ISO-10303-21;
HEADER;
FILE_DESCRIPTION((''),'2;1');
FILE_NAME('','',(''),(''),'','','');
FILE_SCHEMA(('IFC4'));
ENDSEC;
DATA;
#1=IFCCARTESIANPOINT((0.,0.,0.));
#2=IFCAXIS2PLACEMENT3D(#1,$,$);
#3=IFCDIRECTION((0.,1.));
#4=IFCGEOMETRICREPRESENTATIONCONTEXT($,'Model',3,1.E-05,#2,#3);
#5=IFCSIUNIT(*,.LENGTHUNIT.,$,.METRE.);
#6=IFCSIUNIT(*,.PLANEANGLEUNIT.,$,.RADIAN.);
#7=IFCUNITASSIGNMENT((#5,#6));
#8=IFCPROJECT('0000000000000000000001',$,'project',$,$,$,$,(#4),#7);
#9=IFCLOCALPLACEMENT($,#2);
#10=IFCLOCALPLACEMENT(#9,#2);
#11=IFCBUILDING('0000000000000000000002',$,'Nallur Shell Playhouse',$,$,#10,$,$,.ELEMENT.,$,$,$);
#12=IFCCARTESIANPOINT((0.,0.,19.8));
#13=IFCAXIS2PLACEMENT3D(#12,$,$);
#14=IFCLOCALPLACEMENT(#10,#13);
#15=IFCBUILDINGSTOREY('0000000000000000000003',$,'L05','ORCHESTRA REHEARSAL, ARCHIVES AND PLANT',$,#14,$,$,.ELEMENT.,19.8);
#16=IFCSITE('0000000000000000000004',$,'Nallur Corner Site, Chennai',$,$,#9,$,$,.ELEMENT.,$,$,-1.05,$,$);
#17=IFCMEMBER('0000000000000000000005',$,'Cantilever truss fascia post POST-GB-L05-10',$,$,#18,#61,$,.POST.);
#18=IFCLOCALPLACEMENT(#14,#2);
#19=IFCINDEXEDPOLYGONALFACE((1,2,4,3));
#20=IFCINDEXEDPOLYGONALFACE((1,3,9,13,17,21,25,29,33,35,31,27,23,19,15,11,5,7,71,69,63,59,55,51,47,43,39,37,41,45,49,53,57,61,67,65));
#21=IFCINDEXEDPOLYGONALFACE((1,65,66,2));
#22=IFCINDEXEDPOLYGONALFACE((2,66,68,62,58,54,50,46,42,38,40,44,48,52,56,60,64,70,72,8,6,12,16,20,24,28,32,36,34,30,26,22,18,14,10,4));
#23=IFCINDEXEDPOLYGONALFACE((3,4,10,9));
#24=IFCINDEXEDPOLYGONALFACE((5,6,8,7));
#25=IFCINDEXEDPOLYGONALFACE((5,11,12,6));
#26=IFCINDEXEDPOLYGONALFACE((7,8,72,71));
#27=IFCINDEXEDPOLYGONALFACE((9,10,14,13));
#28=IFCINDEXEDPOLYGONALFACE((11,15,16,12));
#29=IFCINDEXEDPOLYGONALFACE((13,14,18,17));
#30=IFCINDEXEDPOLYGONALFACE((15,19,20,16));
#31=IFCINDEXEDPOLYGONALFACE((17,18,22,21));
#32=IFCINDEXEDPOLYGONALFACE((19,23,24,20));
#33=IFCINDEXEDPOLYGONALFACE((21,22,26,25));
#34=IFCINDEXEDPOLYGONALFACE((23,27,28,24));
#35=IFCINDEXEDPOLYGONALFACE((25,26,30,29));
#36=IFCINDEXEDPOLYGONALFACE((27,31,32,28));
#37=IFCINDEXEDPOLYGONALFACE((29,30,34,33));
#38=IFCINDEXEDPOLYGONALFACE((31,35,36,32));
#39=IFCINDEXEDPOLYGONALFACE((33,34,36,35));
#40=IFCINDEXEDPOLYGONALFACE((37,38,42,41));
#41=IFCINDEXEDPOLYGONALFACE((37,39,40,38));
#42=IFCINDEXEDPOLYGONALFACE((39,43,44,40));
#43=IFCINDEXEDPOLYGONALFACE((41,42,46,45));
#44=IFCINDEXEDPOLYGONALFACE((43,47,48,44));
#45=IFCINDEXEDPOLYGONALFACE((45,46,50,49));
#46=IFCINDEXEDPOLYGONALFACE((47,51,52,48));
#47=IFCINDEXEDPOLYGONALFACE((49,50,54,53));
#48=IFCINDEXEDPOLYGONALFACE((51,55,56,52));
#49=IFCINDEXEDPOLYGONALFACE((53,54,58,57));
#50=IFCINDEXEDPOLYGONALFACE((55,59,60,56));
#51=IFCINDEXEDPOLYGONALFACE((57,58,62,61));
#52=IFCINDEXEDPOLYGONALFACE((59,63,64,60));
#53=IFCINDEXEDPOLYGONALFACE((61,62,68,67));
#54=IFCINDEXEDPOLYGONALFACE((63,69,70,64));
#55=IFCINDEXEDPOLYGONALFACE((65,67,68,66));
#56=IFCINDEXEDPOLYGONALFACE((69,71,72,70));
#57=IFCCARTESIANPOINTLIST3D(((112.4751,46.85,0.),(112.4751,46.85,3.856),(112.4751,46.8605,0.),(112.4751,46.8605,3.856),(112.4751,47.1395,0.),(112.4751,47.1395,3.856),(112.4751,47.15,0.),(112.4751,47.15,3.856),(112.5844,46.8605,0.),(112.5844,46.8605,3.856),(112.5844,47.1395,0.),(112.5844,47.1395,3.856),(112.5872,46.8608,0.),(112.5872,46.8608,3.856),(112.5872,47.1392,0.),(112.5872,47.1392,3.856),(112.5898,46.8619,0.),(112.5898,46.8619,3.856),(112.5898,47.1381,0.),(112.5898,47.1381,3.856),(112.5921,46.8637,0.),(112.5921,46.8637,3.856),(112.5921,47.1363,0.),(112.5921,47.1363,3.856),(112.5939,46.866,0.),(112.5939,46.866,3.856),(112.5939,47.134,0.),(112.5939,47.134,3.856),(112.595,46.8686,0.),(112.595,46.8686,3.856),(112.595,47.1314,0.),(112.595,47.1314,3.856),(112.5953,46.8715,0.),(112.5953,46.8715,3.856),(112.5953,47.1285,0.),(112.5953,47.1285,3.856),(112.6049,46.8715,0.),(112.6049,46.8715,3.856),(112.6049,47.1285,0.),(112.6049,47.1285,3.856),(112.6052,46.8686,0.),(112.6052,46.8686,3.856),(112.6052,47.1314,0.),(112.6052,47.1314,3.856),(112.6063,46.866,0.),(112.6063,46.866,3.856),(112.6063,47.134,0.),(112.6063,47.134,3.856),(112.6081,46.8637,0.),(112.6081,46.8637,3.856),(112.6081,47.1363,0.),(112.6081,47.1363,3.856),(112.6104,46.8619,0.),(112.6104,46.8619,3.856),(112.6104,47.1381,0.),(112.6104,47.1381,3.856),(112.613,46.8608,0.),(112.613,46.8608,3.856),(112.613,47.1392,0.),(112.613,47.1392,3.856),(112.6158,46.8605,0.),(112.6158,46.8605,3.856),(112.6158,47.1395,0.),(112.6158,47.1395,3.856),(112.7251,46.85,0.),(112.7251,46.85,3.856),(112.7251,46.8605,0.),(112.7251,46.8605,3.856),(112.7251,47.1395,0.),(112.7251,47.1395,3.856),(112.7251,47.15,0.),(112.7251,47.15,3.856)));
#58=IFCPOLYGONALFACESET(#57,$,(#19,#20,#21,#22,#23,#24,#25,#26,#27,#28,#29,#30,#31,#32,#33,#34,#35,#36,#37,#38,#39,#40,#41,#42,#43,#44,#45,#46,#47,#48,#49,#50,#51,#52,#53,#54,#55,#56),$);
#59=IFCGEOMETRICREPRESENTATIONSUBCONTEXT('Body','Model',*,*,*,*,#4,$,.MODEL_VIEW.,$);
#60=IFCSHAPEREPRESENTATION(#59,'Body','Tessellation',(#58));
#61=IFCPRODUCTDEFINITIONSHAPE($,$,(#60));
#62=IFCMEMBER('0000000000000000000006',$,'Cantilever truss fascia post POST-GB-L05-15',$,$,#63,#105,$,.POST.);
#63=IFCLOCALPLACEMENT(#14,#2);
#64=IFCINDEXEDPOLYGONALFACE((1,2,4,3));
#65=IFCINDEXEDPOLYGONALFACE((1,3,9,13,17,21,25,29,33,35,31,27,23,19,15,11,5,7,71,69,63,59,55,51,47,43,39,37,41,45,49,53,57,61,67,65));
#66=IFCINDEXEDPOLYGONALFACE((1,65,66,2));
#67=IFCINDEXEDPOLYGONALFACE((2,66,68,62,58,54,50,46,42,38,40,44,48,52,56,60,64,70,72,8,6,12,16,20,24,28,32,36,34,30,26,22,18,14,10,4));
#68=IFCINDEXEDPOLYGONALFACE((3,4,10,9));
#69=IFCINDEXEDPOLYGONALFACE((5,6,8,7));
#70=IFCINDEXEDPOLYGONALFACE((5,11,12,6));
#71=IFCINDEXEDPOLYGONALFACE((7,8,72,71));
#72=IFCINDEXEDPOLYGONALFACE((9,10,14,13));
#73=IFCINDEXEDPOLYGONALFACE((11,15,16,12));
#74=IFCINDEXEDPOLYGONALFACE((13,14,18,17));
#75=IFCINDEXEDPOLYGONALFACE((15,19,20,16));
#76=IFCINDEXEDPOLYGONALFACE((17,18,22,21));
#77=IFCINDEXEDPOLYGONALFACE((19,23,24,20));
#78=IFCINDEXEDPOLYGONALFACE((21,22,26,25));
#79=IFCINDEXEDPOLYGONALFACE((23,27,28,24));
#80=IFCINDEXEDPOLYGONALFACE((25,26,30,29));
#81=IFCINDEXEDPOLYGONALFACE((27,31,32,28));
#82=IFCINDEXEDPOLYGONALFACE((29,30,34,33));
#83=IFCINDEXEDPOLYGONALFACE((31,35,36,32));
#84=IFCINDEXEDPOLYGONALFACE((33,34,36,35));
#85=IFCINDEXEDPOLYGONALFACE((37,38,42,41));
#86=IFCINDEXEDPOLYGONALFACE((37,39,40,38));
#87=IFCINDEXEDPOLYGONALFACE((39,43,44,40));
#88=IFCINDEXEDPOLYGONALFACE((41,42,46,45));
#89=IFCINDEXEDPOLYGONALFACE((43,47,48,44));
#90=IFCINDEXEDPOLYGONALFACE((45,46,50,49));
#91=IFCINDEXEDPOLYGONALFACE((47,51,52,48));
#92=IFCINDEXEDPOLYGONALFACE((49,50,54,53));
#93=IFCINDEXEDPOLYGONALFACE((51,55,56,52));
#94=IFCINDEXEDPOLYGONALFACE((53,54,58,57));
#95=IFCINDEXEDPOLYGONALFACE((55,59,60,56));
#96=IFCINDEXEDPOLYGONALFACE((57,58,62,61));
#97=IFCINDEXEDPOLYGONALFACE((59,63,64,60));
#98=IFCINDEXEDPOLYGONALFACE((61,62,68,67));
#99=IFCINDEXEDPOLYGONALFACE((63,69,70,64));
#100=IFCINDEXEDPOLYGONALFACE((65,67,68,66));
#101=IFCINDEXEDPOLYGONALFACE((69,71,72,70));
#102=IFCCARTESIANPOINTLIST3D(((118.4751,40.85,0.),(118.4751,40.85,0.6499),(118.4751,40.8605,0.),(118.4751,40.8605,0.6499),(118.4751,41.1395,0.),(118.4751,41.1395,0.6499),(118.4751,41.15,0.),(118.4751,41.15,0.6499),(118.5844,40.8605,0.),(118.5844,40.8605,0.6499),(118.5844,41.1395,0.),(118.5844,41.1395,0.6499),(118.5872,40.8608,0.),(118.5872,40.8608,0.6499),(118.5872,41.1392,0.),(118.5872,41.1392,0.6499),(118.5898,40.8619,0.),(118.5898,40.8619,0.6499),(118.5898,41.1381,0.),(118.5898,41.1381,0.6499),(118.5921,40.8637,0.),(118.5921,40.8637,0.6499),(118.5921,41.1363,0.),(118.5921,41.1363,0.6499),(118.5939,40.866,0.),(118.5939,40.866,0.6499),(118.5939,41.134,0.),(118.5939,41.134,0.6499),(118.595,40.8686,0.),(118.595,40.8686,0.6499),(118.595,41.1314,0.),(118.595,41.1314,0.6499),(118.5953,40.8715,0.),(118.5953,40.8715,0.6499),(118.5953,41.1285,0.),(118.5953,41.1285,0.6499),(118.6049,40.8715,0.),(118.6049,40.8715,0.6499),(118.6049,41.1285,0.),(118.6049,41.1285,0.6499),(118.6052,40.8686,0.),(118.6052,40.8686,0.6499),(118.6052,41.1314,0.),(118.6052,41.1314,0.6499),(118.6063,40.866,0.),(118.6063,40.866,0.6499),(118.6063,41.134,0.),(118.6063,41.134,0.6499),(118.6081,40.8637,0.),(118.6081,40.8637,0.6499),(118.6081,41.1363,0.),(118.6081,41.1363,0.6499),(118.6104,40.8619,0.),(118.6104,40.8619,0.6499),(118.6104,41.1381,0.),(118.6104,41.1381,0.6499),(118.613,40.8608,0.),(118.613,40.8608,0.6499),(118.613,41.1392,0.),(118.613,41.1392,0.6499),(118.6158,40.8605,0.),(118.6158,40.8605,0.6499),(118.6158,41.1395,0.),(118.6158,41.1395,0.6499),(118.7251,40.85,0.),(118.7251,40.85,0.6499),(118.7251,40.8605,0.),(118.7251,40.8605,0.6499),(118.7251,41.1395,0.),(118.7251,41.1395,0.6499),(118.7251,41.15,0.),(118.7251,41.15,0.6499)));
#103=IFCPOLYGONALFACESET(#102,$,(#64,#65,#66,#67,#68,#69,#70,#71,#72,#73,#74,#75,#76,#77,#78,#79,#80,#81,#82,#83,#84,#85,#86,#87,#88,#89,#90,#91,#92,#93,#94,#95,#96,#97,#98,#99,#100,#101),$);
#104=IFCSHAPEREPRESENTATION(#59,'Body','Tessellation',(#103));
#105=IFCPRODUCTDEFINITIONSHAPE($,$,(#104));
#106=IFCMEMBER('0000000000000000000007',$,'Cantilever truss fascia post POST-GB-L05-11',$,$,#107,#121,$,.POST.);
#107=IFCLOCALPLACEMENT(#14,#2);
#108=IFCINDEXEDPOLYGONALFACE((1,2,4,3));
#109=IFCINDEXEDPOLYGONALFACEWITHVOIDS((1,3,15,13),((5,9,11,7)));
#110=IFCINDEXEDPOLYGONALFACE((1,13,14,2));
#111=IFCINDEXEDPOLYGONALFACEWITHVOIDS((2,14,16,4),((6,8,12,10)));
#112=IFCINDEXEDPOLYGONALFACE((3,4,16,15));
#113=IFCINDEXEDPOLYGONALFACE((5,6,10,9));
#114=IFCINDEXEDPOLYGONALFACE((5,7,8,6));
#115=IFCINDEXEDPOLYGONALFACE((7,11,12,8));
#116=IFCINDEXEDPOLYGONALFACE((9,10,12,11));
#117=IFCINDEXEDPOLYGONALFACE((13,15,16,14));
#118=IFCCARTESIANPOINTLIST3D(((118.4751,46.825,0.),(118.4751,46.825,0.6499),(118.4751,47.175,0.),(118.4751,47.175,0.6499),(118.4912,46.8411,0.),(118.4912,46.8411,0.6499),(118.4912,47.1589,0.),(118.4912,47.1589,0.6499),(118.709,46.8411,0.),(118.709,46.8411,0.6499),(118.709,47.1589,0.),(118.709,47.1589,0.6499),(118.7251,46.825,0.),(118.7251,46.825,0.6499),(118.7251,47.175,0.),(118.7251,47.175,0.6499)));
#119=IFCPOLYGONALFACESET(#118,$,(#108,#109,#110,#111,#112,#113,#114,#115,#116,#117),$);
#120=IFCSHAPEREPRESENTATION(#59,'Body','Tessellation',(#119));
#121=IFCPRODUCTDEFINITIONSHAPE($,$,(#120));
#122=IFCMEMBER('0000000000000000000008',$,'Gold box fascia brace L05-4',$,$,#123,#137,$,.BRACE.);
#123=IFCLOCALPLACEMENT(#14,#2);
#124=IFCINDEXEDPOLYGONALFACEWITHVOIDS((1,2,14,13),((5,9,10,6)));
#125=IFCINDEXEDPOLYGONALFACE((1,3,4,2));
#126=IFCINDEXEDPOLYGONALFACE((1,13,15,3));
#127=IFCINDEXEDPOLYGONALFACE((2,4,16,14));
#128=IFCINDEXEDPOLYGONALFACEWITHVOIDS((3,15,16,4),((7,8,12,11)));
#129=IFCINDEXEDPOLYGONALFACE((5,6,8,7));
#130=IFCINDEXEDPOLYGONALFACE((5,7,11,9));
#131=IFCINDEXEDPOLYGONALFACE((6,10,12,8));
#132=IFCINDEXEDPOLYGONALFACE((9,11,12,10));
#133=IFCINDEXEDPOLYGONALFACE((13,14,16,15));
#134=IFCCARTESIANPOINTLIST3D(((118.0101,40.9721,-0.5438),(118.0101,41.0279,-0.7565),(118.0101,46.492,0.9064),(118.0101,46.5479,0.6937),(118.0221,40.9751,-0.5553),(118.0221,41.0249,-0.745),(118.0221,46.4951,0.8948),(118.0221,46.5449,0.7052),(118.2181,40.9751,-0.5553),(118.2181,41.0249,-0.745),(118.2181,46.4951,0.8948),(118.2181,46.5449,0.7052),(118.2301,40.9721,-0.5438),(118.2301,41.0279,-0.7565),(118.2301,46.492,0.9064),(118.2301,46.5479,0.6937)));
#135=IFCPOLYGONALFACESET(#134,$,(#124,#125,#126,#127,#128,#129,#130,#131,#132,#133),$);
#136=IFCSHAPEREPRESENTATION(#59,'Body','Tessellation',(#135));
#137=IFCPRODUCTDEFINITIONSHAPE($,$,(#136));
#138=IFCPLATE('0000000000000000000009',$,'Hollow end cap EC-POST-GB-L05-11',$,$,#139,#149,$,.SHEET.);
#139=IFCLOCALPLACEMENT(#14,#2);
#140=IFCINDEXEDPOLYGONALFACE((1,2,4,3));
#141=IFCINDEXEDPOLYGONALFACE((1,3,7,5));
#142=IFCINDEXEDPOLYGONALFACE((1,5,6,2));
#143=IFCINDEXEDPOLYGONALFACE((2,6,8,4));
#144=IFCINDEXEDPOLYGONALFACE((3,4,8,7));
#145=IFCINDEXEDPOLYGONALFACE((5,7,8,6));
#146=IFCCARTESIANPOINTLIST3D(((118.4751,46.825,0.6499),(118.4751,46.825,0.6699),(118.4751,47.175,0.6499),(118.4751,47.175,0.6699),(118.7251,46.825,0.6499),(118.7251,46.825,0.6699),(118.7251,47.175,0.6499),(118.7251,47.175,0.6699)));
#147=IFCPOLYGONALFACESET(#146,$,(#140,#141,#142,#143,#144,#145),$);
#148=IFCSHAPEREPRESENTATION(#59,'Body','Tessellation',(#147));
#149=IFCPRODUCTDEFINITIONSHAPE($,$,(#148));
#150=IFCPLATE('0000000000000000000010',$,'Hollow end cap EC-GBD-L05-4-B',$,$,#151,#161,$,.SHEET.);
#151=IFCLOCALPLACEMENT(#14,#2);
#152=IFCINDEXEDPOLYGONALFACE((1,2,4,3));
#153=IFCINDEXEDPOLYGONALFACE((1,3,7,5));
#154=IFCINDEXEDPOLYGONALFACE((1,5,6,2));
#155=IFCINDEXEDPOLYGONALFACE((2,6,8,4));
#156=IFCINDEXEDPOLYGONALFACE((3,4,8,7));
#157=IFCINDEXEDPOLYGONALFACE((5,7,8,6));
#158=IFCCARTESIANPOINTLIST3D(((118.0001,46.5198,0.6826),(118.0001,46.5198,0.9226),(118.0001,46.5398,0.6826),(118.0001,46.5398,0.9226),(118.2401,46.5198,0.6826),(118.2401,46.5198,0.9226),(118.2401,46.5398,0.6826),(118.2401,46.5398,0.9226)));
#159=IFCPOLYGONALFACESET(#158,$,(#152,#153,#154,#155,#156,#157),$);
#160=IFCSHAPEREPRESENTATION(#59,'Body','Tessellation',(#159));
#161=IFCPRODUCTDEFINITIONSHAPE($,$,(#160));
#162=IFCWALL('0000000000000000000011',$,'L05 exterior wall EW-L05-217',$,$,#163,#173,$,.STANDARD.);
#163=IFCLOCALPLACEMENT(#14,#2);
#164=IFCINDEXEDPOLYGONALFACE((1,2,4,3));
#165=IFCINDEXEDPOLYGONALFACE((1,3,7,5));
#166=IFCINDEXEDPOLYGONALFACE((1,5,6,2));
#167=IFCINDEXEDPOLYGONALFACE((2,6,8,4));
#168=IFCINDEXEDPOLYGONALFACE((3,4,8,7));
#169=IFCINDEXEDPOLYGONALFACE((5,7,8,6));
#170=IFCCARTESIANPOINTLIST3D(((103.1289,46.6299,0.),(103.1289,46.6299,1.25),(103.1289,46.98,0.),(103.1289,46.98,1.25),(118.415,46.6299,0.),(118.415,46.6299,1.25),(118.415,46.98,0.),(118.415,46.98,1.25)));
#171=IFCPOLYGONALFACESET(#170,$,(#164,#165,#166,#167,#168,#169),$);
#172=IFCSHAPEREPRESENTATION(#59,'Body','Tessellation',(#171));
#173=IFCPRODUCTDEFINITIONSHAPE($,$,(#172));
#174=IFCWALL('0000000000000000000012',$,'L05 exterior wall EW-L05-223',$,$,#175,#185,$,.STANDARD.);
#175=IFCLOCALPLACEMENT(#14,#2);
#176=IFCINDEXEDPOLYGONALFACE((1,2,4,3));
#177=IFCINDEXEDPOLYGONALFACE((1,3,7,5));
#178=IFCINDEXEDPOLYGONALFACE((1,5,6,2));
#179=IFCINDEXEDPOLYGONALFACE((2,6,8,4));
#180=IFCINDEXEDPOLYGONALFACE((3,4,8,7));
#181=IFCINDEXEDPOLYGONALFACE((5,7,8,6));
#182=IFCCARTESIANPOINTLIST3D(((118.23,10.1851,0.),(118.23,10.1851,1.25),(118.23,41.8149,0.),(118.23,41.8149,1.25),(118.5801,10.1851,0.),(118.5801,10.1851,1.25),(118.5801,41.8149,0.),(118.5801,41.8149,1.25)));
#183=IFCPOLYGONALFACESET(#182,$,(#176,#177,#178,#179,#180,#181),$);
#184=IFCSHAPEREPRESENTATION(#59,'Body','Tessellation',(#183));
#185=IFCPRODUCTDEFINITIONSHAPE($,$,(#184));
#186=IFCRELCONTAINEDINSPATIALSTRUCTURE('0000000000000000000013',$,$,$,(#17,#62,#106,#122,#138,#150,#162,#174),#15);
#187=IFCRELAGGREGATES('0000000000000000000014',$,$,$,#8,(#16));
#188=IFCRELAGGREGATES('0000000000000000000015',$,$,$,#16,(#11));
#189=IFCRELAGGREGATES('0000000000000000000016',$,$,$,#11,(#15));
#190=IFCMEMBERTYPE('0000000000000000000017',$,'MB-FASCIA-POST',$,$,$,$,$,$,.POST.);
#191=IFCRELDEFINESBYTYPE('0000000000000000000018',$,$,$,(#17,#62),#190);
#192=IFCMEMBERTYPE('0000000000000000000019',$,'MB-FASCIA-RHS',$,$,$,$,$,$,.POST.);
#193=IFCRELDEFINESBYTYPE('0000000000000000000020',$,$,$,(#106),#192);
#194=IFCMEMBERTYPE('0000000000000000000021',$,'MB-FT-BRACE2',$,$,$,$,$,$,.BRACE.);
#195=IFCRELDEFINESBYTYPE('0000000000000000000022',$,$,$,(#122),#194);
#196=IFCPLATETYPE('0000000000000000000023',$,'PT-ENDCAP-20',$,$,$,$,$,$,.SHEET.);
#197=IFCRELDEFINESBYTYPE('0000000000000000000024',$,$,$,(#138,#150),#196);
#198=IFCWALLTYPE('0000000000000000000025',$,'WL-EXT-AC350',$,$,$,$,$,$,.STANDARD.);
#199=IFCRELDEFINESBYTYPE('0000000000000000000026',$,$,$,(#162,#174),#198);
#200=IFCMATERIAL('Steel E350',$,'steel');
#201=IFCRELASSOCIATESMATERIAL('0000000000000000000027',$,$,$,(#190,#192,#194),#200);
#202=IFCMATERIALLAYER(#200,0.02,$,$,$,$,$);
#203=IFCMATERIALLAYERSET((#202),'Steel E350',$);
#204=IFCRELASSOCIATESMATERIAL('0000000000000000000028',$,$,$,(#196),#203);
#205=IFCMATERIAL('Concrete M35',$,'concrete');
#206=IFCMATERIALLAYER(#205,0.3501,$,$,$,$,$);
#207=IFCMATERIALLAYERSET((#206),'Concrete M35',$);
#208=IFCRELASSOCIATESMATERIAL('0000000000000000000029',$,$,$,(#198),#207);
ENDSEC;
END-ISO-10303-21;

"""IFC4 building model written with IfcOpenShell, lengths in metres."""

from ifc_helpers import new_model, si_unit, direction, frame, frame_2d, origin, origin_2d, place, context, subcontext, project, spatial, rectangle, hollow_rectangle, i_section, extrude, material, layer, layer_set, material_profile, profile_set, type_object, element, save


model = new_model("IFC4")

# Units and contexts
model_context = context("Model", 3, precision=1e-05, world=origin(), true_north=direction((0.0, 1.0)))
body_context = subcontext(model_context, "Body", "Model", "MODEL_VIEW")
ifc_project = project(units=[si_unit("LENGTHUNIT", "METRE"), si_unit("PLANEANGLEUNIT", "RADIAN")], contexts=[model_context])

# Site, building, storey
site_placement = place(None, origin())
site = spatial("IfcSite", under=ifc_project, at=site_placement, Name="Nallur Corner Site, Chennai", CompositionType="ELEMENT", RefElevation=-1.05)
building_placement = place(site_placement, origin())
building = spatial("IfcBuilding", under=site, at=building_placement, Name="Nallur Shell Playhouse", CompositionType="ELEMENT")
storey_placement = place(building_placement, frame((0.0, 0.0, 19.8)))
storey = spatial("IfcBuildingStorey", under=building, at=storey_placement, Name="L05", Description="ORCHESTRA REHEARSAL, ARCHIVES AND PLANT", CompositionType="ELEMENT", Elevation=19.8)

# Shared definitions
ifc_material_1 = material(Name="Steel E350", Category="steel")

# Shared definitions
ifc_material_2 = material(Name="Concrete M35", Category="concrete")

# Members
ifc_material_profile_1 = material_profile(ifc_material_1, i_section(OverallWidth=0.25, OverallDepth=0.3, WebThickness=0.0095, FlangeThickness=0.0105, FilletRadius=0.011, at=origin_2d()), Name="ISHB 300")
ifc_profile_set_1 = profile_set([ifc_material_profile_1], Name="Steel E350")
member_type_1 = type_object("IfcMemberType", Name="MB-FASCIA-POST", PredefinedType="POST", material=ifc_profile_set_1)
member_1_placement = place(storey_placement, frame((112.6001, 47.0, 0.0), z_axis=(0.0, 0.0, 1.0), x_axis=(1.0, 0.0, 0.0)))
element("IfcMember", 1, at=member_1_placement, inside=storey, type_object=member_type_1, Name="Cantilever truss fascia post POST-GB-L05-10", PredefinedType="POST", context=body_context, shape_type="SweptSolid", body=[
    extrude(i_section(OverallWidth=0.25, OverallDepth=0.3, WebThickness=0.0095, FlangeThickness=0.0105, FilletRadius=0.011, at=origin_2d()), origin(), (0.0, 0.0, 1.0), 3.856),
])
member_2_placement = place(storey_placement, frame((118.6001, 41.0, 0.0), z_axis=(0.0, 0.0, 1.0), x_axis=(1.0, 0.0, 0.0)))
element("IfcMember", 2, at=member_2_placement, inside=storey, type_object=member_type_1, Name="Cantilever truss fascia post POST-GB-L05-15", PredefinedType="POST", context=body_context, shape_type="SweptSolid", body=[
    extrude(i_section(OverallWidth=0.25, OverallDepth=0.3, WebThickness=0.0095, FlangeThickness=0.0105, FilletRadius=0.011, at=origin_2d()), origin(), (0.0, 0.0, 1.0), 0.6499),
])
ifc_material_profile_2 = material_profile(ifc_material_1, hollow_rectangle(XDim=0.25, YDim=0.3501, WallThickness=0.0161, at=origin_2d()), Name="RHS 350x250x16")
ifc_profile_set_2 = profile_set([ifc_material_profile_2], Name="Steel E350")
member_type_2 = type_object("IfcMemberType", Name="MB-FASCIA-RHS", PredefinedType="POST", material=ifc_profile_set_2)
member_3_placement = place(storey_placement, frame((118.6001, 47.0, 0.0), z_axis=(0.0, 0.0, 1.0), x_axis=(1.0, 0.0, 0.0)))
element("IfcMember", 3, at=member_3_placement, inside=storey, type_object=member_type_2, Name="Cantilever truss fascia post POST-GB-L05-11", PredefinedType="POST", context=body_context, shape_type="SweptSolid", body=[
    extrude(hollow_rectangle(XDim=0.25, YDim=0.3501, WallThickness=0.0161, at=origin_2d()), origin(), (0.0, 0.0, 1.0), 0.6499),
])
ifc_material_profile_3 = material_profile(ifc_material_1, hollow_rectangle(XDim=0.22, YDim=0.22, WallThickness=0.012, at=origin_2d()), Name="SHS 220x220x12")
ifc_profile_set_3 = profile_set([ifc_material_profile_3], Name="Steel E350")
member_type_3 = type_object("IfcMemberType", Name="MB-FT-BRACE2", PredefinedType="BRACE", material=ifc_profile_set_3)
member_4_placement = place(storey_placement, frame((118.1201, 41.0, -0.6501), z_axis=(0.0, 0.96718, 0.254093), x_axis=(-1.0, 0.0, 0.0)))
element("IfcMember", 4, at=member_4_placement, inside=storey, type_object=member_type_3, Name="Gold box fascia brace L05-4", PredefinedType="BRACE", context=body_context, shape_type="SweptSolid", body=[
    extrude(hollow_rectangle(XDim=0.22, YDim=0.22, WallThickness=0.012, at=origin_2d()), origin(), (0.0, 0.0, 1.0), 5.7073),
])

# Plates
ifc_layer_1 = layer(ifc_material_1, 0.02)
ifc_layer_set_1 = layer_set([ifc_layer_1], Name="Steel E350")
plate_type = type_object("IfcPlateType", Name="PT-ENDCAP-20", PredefinedType="SHEET", material=ifc_layer_set_1)
plate_1_placement = place(storey_placement, frame((118.6001, 47.0, 0.6499), z_axis=(0.0, 0.0, 1.0), x_axis=(1.0, 0.0, 0.0)))
element("IfcPlate", 5, at=plate_1_placement, inside=storey, type_object=plate_type, Name="Hollow end cap EC-POST-GB-L05-11", PredefinedType="SHEET", context=body_context, shape_type="SweptSolid", body=[
    extrude(rectangle(XDim=0.25, YDim=0.3501, at=origin_2d()), origin(), (0.0, 0.0, 1.0), 0.02),
])
plate_2_placement = place(storey_placement, frame((118.1201, 46.5298, 0.6826), z_axis=(0.0, 0.0, 1.0), x_axis=(1.0, 0.0, 0.0)))
element("IfcPlate", 6, at=plate_2_placement, inside=storey, type_object=plate_type, Name="Hollow end cap EC-GBD-L05-4-B", PredefinedType="SHEET", context=body_context, shape_type="SweptSolid", body=[
    extrude(rectangle(XDim=0.24, YDim=0.02, at=origin_2d()), origin(), (0.0, 0.0, 1.0), 0.24),
])

# Walls
ifc_layer_2 = layer(ifc_material_2, 0.3501)
ifc_layer_set_2 = layer_set([ifc_layer_2], Name="Concrete M35")
wall_type_1 = type_object("IfcWallType", Name="WL-EXT-AC350", PredefinedType="STANDARD", material=ifc_layer_set_2)
wall_1_placement = place(storey_placement, frame((103.1289, 46.8049, 0.0), z_axis=(0.0, 0.0, 1.0), x_axis=(1.0, 0.0, 0.0)))
element("IfcWall", 7, at=wall_1_placement, inside=storey, type_object=wall_type_1, Name="L05 exterior wall EW-L05-217", PredefinedType="STANDARD", context=body_context, shape_type="SweptSolid", body=[
    extrude(rectangle(XDim=15.2861, YDim=0.3501, at=frame_2d((7.6431, 0.0))), origin(), (0.0, 0.0, 1.0), 1.25),
])
wall_2_placement = place(storey_placement, frame((118.405, 41.8149, 0.0), z_axis=(0.0, 0.0, 1.0), x_axis=(0.0, -1.0, 0.0)))
element("IfcWall", 8, at=wall_2_placement, inside=storey, type_object=wall_type_1, Name="L05 exterior wall EW-L05-223", PredefinedType="STANDARD", context=body_context, shape_type="SweptSolid", body=[
    extrude(rectangle(XDim=31.6299, YDim=0.3501, at=frame_2d((15.8149, 0.0))), origin(), (0.0, 0.0, 1.0), 1.25),
])

save(model, "model.ifc")
